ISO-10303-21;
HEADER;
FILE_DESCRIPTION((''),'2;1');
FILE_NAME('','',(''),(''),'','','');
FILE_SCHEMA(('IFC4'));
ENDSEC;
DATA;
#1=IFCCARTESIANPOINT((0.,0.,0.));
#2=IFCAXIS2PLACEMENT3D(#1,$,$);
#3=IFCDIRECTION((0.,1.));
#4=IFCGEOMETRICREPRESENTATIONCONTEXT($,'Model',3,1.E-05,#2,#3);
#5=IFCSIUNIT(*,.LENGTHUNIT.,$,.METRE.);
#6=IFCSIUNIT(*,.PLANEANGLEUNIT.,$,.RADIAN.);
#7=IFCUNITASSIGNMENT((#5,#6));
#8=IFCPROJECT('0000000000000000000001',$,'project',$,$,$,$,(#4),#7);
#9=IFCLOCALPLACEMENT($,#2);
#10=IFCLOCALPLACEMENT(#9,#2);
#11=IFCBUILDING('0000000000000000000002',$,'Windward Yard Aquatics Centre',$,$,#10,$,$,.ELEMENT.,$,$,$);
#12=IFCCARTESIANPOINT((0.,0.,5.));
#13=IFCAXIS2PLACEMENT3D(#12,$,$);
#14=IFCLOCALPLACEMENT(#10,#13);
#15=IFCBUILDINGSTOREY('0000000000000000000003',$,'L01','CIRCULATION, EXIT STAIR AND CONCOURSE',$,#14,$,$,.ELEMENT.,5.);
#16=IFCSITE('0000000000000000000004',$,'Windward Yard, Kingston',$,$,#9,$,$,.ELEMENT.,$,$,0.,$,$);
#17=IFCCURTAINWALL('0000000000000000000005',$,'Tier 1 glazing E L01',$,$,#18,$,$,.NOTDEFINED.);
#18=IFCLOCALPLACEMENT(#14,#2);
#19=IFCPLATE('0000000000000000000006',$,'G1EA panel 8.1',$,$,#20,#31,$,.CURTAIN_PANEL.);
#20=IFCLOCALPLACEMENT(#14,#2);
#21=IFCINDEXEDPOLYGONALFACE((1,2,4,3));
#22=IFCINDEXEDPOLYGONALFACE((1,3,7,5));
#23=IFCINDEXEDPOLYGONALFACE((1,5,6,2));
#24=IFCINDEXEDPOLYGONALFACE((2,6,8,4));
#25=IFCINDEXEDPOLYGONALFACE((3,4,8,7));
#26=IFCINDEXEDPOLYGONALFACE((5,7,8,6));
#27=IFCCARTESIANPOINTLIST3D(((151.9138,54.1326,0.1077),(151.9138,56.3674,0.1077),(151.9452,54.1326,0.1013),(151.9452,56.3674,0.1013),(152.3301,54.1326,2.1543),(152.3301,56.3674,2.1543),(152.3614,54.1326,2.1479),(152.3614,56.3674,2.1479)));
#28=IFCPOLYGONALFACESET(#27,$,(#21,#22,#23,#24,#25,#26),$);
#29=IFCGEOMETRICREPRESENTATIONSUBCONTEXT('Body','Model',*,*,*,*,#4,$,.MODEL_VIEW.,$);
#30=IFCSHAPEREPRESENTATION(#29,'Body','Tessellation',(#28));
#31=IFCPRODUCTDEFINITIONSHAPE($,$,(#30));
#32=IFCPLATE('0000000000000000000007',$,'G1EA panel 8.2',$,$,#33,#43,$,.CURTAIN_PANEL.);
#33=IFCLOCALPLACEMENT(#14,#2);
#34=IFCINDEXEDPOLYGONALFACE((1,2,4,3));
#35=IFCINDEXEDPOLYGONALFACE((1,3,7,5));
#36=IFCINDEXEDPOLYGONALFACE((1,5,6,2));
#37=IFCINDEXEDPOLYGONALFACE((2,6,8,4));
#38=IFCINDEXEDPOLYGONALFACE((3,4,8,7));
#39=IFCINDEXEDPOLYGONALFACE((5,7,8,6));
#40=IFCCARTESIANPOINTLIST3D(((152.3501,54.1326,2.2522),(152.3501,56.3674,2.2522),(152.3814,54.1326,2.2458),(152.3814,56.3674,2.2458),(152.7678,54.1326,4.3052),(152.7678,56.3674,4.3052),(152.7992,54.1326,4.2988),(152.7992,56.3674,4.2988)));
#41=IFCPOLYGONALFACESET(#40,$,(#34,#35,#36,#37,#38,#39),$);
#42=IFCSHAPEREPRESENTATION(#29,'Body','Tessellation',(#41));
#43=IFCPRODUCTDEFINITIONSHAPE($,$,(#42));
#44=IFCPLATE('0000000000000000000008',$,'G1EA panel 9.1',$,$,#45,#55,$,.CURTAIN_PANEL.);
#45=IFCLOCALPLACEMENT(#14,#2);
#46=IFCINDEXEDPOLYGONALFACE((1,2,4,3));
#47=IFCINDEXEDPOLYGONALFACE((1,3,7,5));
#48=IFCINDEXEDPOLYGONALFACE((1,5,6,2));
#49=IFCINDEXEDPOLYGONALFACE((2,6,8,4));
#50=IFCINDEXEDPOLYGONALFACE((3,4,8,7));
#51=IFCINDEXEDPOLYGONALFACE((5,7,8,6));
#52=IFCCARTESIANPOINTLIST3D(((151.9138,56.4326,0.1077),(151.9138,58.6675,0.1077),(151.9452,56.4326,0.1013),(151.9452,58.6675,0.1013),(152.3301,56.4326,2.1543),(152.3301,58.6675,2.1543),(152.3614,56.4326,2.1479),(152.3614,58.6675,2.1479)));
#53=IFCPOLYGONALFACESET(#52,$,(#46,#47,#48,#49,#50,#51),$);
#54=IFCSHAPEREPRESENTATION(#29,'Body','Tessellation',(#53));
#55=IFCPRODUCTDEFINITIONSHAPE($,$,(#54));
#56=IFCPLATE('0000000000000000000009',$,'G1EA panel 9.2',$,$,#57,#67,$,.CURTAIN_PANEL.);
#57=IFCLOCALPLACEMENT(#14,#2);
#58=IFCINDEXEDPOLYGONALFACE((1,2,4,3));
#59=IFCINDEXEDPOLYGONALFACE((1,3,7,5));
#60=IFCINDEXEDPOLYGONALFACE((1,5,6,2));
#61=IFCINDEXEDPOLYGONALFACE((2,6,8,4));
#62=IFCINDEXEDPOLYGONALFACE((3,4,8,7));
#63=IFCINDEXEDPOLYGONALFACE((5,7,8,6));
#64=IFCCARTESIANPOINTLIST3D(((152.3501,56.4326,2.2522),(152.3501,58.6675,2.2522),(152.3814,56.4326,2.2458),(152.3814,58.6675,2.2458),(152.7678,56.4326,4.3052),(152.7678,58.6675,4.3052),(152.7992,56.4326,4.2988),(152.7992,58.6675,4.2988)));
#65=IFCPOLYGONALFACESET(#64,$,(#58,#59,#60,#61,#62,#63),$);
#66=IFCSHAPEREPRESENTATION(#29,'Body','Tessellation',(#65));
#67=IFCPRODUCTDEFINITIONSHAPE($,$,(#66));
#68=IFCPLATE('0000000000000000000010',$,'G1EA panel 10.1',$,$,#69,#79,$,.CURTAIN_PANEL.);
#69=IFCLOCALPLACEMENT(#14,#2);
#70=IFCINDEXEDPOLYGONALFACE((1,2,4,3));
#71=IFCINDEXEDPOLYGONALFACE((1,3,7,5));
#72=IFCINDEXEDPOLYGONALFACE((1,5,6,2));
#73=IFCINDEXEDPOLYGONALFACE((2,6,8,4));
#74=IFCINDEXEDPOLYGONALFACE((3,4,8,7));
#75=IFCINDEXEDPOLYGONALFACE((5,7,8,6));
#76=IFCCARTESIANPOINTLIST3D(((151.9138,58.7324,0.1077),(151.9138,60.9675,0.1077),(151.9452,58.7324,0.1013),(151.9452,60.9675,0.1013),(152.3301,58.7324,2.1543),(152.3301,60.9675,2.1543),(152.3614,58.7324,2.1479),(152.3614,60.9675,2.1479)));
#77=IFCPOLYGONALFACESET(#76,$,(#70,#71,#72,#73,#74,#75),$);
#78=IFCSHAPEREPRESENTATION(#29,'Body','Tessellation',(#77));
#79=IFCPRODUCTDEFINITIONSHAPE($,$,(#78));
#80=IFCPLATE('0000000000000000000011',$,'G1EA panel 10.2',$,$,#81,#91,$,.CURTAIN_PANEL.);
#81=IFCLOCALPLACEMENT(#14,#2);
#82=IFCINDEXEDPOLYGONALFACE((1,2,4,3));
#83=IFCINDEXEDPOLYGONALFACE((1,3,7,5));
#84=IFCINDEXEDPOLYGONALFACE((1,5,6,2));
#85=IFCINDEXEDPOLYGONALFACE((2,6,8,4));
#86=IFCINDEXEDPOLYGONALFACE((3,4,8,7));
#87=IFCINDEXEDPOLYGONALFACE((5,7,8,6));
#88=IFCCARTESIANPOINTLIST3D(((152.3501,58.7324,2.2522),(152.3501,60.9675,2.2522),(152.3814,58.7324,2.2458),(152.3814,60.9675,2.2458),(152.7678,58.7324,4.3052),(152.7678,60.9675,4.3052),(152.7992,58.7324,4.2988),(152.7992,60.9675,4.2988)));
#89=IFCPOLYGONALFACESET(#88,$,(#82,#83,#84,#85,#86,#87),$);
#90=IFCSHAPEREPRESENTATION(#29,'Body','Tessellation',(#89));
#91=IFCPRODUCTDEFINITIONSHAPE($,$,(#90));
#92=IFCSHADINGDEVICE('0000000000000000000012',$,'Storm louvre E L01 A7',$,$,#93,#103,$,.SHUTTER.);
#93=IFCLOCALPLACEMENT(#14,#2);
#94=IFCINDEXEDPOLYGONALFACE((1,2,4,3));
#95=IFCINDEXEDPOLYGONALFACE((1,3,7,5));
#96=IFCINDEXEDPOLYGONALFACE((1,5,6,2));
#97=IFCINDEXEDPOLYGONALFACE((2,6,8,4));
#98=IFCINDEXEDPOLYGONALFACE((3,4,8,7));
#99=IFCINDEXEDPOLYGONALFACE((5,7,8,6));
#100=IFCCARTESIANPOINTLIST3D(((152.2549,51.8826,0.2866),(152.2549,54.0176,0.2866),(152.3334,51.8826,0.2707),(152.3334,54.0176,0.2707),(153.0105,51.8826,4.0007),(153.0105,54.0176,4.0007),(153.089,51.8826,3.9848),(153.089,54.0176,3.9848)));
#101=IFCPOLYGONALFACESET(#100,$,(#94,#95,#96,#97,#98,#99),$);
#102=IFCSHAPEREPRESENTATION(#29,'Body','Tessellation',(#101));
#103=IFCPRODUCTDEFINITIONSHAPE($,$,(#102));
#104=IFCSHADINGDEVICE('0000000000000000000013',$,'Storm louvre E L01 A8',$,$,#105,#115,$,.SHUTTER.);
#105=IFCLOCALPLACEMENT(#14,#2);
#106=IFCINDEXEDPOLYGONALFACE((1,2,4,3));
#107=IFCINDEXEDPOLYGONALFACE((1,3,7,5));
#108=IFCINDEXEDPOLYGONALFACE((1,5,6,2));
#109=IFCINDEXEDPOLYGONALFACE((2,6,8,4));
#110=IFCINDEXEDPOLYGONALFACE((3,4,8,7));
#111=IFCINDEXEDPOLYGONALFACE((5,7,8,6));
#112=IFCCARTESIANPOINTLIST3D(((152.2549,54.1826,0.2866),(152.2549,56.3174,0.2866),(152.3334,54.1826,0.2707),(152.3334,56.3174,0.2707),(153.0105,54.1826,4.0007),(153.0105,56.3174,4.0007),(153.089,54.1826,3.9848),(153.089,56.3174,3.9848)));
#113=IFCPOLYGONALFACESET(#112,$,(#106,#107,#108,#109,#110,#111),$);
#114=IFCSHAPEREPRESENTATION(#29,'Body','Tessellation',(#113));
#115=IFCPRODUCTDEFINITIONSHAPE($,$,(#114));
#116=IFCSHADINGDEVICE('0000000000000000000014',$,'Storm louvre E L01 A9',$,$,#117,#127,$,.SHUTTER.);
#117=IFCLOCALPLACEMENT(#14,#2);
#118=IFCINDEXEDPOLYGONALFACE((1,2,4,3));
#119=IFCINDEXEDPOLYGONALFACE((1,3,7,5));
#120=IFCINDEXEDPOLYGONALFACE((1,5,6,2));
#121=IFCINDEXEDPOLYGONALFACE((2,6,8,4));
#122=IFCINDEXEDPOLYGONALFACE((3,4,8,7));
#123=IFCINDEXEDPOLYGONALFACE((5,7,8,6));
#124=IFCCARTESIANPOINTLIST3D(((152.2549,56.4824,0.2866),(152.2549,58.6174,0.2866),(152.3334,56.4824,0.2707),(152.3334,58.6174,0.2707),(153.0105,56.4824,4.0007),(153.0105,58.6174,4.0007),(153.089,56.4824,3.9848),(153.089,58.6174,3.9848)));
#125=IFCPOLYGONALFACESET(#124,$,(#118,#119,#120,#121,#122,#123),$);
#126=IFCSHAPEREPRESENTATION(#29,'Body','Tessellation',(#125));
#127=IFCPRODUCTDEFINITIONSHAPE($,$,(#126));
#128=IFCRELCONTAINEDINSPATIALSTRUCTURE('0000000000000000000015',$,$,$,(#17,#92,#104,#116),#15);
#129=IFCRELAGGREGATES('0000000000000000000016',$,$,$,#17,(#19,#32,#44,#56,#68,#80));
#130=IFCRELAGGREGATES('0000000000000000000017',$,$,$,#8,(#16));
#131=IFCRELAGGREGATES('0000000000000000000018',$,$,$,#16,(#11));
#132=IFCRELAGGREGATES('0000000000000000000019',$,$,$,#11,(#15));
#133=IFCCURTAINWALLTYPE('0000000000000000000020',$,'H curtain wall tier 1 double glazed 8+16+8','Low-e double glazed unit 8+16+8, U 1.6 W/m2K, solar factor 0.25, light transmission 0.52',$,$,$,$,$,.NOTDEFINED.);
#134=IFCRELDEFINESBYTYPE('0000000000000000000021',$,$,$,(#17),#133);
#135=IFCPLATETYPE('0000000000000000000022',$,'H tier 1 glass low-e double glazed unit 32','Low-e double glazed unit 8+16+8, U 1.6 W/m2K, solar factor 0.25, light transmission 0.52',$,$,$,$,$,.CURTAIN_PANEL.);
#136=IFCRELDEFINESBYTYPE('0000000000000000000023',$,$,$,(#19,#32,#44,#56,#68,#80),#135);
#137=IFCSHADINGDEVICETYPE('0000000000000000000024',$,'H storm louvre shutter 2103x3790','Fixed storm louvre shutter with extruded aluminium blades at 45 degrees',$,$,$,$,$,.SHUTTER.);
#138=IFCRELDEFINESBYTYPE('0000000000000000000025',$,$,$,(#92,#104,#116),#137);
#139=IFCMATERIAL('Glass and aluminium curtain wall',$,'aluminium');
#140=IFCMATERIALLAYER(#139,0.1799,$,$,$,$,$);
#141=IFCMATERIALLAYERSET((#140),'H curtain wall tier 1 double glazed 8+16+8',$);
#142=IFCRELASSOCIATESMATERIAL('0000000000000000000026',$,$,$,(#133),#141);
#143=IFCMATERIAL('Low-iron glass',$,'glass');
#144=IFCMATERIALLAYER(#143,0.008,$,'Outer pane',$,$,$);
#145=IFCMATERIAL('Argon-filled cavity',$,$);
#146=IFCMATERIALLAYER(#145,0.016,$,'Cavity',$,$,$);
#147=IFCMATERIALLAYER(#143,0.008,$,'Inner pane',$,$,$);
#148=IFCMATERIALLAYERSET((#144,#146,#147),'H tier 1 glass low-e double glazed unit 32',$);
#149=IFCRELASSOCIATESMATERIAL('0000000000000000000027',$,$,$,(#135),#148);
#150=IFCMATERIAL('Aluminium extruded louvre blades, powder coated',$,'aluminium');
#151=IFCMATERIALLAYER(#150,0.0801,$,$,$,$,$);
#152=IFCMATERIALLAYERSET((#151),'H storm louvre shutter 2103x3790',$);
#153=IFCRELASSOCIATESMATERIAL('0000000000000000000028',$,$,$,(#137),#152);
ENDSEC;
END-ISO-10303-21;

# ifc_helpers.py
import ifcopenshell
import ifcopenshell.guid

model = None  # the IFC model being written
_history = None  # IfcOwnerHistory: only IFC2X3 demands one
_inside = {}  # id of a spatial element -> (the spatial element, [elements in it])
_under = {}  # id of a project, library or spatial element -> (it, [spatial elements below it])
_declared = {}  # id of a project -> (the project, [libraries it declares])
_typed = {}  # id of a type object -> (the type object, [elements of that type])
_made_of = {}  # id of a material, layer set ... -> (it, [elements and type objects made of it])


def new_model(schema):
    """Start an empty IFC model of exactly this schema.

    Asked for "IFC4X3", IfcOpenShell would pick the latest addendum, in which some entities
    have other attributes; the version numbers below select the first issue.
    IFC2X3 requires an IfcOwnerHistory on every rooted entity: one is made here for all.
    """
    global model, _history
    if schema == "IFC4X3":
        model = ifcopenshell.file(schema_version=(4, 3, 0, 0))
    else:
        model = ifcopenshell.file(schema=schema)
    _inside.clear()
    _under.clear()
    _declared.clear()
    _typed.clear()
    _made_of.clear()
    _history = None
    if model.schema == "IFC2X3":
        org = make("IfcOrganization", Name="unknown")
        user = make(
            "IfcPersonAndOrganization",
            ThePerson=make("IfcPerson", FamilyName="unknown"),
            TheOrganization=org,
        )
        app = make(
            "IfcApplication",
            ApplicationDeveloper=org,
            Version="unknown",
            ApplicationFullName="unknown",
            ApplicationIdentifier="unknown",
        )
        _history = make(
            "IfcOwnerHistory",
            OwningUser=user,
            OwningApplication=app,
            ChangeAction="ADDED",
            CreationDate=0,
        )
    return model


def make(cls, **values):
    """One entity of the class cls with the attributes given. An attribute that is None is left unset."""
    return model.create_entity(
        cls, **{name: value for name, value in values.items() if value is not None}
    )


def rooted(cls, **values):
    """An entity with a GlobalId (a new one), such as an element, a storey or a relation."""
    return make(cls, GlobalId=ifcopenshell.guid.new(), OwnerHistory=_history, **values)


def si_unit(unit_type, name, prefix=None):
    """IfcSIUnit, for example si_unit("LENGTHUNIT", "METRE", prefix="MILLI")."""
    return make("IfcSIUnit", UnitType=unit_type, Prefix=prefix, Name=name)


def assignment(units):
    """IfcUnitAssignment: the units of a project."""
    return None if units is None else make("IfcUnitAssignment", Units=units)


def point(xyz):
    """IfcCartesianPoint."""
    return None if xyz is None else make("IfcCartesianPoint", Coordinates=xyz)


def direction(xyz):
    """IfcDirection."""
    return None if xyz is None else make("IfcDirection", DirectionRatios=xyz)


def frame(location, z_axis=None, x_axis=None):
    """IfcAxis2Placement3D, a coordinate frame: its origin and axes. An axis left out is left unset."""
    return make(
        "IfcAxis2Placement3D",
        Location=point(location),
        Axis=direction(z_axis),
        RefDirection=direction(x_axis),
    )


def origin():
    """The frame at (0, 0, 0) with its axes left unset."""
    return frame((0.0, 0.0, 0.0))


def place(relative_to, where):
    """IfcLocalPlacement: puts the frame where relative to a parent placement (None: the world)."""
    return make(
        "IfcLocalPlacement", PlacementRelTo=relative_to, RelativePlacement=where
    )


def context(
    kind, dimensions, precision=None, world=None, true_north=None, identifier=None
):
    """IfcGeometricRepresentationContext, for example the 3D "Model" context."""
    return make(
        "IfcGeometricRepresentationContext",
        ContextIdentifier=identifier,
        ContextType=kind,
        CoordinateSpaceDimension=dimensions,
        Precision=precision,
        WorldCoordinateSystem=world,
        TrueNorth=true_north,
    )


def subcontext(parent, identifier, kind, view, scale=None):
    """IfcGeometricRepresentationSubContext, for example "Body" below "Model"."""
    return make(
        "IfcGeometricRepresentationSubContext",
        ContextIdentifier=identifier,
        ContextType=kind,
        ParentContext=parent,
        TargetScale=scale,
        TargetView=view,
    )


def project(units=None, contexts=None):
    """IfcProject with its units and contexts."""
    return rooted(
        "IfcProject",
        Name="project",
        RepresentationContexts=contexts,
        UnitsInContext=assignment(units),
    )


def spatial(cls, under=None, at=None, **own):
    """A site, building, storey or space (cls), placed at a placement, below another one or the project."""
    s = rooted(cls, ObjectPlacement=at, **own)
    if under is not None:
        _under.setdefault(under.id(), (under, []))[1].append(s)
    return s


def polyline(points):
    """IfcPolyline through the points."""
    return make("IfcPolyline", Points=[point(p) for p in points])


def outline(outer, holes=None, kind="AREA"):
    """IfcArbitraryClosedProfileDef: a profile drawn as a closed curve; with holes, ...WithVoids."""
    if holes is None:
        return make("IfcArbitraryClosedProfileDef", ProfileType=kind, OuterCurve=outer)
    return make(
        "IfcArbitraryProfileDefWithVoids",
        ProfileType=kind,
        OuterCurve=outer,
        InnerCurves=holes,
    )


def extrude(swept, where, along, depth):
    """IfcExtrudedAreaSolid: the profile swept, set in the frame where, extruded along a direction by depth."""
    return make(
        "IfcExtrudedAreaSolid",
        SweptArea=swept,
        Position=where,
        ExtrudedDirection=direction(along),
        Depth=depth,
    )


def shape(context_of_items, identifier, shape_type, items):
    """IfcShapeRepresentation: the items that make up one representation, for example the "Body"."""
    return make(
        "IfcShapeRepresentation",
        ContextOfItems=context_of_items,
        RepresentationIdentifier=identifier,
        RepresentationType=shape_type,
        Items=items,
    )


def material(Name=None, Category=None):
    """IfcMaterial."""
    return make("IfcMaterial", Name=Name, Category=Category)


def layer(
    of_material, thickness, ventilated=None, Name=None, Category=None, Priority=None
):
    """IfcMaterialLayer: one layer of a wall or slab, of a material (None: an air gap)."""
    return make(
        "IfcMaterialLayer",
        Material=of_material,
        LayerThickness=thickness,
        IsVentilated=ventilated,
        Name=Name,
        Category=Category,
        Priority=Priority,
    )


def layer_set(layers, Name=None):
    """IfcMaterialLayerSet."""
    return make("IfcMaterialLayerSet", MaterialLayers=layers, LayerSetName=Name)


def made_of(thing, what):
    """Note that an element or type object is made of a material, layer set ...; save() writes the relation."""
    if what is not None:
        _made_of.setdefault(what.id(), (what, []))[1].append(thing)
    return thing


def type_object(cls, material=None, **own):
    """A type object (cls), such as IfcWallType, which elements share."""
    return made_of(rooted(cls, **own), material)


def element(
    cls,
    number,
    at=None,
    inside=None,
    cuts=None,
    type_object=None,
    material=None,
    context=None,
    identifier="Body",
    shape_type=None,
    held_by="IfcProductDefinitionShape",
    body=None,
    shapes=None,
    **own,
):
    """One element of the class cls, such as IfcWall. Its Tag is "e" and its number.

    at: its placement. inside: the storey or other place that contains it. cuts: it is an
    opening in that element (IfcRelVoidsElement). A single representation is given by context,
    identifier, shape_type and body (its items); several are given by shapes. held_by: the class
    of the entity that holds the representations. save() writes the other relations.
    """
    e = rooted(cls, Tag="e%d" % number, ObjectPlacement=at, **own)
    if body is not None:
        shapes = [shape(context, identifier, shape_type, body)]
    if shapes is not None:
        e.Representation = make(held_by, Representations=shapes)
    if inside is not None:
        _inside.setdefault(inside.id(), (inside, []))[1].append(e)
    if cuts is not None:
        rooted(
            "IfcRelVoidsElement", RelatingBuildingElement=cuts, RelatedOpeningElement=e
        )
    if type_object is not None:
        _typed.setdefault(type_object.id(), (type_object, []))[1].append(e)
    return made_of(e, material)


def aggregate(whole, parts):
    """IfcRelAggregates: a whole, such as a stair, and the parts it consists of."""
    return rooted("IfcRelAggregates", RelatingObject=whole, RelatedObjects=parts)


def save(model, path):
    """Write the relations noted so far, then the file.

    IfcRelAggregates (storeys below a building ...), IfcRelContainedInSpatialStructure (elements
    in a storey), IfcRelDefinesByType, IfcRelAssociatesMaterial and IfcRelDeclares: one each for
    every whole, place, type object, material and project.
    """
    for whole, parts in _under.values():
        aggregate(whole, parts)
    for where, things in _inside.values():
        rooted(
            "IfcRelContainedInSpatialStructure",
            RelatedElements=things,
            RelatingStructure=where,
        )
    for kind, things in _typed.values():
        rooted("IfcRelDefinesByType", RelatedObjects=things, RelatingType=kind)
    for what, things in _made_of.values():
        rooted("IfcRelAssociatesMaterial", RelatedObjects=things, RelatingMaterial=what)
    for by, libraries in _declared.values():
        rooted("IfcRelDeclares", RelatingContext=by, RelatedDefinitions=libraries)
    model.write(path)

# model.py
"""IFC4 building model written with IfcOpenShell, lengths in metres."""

from ifc_helpers import new_model, si_unit, direction, frame, origin, place, context, subcontext, project, spatial, polyline, outline, extrude, material, layer, layer_set, type_object, element, aggregate, save


model = new_model("IFC4")

# Units and contexts
model_context = context("Model", 3, precision=1e-05, world=origin(), true_north=direction((0.0, 1.0)))
body_context = subcontext(model_context, "Body", "Model", "MODEL_VIEW")
ifc_project = project(units=[si_unit("LENGTHUNIT", "METRE"), si_unit("PLANEANGLEUNIT", "RADIAN")], contexts=[model_context])

# Site, building, storey
site_placement = place(None, origin())
site = spatial("IfcSite", under=ifc_project, at=site_placement, Name="Windward Yard, Kingston", CompositionType="ELEMENT", RefElevation=0.0)
building_placement = place(site_placement, origin())
building = spatial("IfcBuilding", under=site, at=building_placement, Name="Windward Yard Aquatics Centre", CompositionType="ELEMENT")
storey_placement = place(building_placement, frame((0.0, 0.0, 5.0)))
storey = spatial("IfcBuildingStorey", under=building, at=storey_placement, Name="L01", Description="CIRCULATION, EXIT STAIR AND CONCOURSE", CompositionType="ELEMENT", Elevation=5.0)

# Curtain wall, plates
ifc_material_1 = material(Name="Glass and aluminium curtain wall", Category="aluminium")
ifc_layer_1 = layer(ifc_material_1, 0.1799)
ifc_layer_set_1 = layer_set([ifc_layer_1], Name="H curtain wall tier 1 double glazed 8+16+8")
curtain_wall_type = type_object("IfcCurtainWallType", Name="H curtain wall tier 1 double glazed 8+16+8", Description="Low-e double glazed unit 8+16+8, U 1.6 W/m2K, solar factor 0.25, light transmission 0.52", PredefinedType="NOTDEFINED", material=ifc_layer_set_1)
curtain_wall_placement = place(storey_placement, origin())
curtain_wall = element("IfcCurtainWall", 1, at=curtain_wall_placement, inside=storey, type_object=curtain_wall_type, Name="Tier 1 glazing E L01", PredefinedType="NOTDEFINED")
ifc_material_2 = material(Name="Low-iron glass", Category="glass")
ifc_layer_2 = layer(ifc_material_2, 0.008, Name="Outer pane")
ifc_material_3 = material(Name="Argon-filled cavity")
ifc_layer_3 = layer(ifc_material_3, 0.016, Name="Cavity")
ifc_layer_4 = layer(ifc_material_2, 0.008, Name="Inner pane")
ifc_layer_set_2 = layer_set([ifc_layer_2, ifc_layer_3, ifc_layer_4], Name="H tier 1 glass low-e double glazed unit 32")
plate_type = type_object("IfcPlateType", Name="H tier 1 glass low-e double glazed unit 32", Description="Low-e double glazed unit 8+16+8, U 1.6 W/m2K, solar factor 0.25, light transmission 0.52", PredefinedType="CURTAIN_PANEL", material=ifc_layer_set_2)
plate_1_placement = place(storey_placement, frame((151.9138, 54.1326, 0.1077), z_axis=(-0.979937, 0.0, 0.199307), x_axis=(0.0, 1.0, 0.0)))
plate_1 = element("IfcPlate", 2, at=plate_1_placement, type_object=plate_type, Name="G1EA panel 8.1", PredefinedType="CURTAIN_PANEL", context=body_context, shape_type="SweptSolid", body=[
    extrude(outline(polyline([(0.0, 0.0), (2.2349, 0.0), (2.2349, -2.0885), (0.0, -2.0885), (0.0, 0.0)])), origin(), (0.0, 0.0, -1.0), 0.032),
])
plate_2_placement = place(storey_placement, frame((152.3501, 54.1326, 2.2522), z_axis=(-0.979921, 0.0, 0.199387), x_axis=(0.0, 1.0, 0.0)))
plate_2 = element("IfcPlate", 3, at=plate_2_placement, type_object=plate_type, Name="G1EA panel 8.2", PredefinedType="CURTAIN_PANEL", context=body_context, shape_type="SweptSolid", body=[
    extrude(outline(polyline([(0.0, 0.0), (2.2349, 0.0), (2.2349, -2.095), (0.0, -2.095), (0.0, 0.0)])), origin(), (0.0, 0.0, -1.0), 0.032),
])
plate_3_placement = place(storey_placement, frame((151.9138, 56.4326, 0.1077), z_axis=(-0.979937, 0.0, 0.199307), x_axis=(0.0, 1.0, 0.0)))
plate_3 = element("IfcPlate", 4, at=plate_3_placement, type_object=plate_type, Name="G1EA panel 9.1", PredefinedType="CURTAIN_PANEL", context=body_context, shape_type="SweptSolid", body=[
    extrude(outline(polyline([(0.0, 0.0), (2.2349, 0.0), (2.2349, -2.0885), (0.0, -2.0885), (0.0, 0.0)])), origin(), (0.0, 0.0, -1.0), 0.032),
])
plate_4_placement = place(storey_placement, frame((152.3501, 56.4326, 2.2522), z_axis=(-0.979921, 0.0, 0.199387), x_axis=(0.0, 1.0, 0.0)))
plate_4 = element("IfcPlate", 5, at=plate_4_placement, type_object=plate_type, Name="G1EA panel 9.2", PredefinedType="CURTAIN_PANEL", context=body_context, shape_type="SweptSolid", body=[
    extrude(outline(polyline([(0.0, 0.0), (2.2349, 0.0), (2.2349, -2.095), (0.0, -2.095), (0.0, 0.0)])), origin(), (0.0, 0.0, -1.0), 0.032),
])
plate_5_placement = place(storey_placement, frame((151.9138, 58.7324, 0.1077), z_axis=(-0.979937, 0.0, 0.199307), x_axis=(0.0, 1.0, 0.0)))
plate_5 = element("IfcPlate", 6, at=plate_5_placement, type_object=plate_type, Name="G1EA panel 10.1", PredefinedType="CURTAIN_PANEL", context=body_context, shape_type="SweptSolid", body=[
    extrude(outline(polyline([(0.0, 0.0), (2.2351, 0.0), (2.2351, -2.0885), (0.0, -2.0885), (0.0, 0.0)])), origin(), (0.0, 0.0, -1.0), 0.032),
])
plate_6_placement = place(storey_placement, frame((152.3501, 58.7324, 2.2522), z_axis=(-0.979921, 0.0, 0.199387), x_axis=(0.0, 1.0, 0.0)))
plate_6 = element("IfcPlate", 7, at=plate_6_placement, type_object=plate_type, Name="G1EA panel 10.2", PredefinedType="CURTAIN_PANEL", context=body_context, shape_type="SweptSolid", body=[
    extrude(outline(polyline([(0.0, 0.0), (2.2351, 0.0), (2.2351, -2.095), (0.0, -2.095), (0.0, 0.0)])), origin(), (0.0, 0.0, -1.0), 0.032),
])
aggregate(curtain_wall, [plate_1, plate_2, plate_3, plate_4, plate_5, plate_6])

# Shading devices
ifc_material_4 = material(Name="Aluminium extruded louvre blades, powder coated", Category="aluminium")
ifc_layer_5 = layer(ifc_material_4, 0.0801)
ifc_layer_set_3 = layer_set([ifc_layer_5], Name="H storm louvre shutter 2103x3790")
shading_device_type = type_object("IfcShadingDeviceType", Name="H storm louvre shutter 2103x3790", Description="Fixed storm louvre shutter with extruded aluminium blades at 45 degrees", PredefinedType="SHUTTER", material=ifc_layer_set_3)
shading_device_1_placement = place(storey_placement, frame((152.2549, 51.8826, 0.2866), z_axis=(-0.979926, 0.0, 0.199361), x_axis=(0.0, 1.0, 0.0)))
element("IfcShadingDevice", 8, at=shading_device_1_placement, inside=storey, type_object=shading_device_type, Name="Storm louvre E L01 A7", PredefinedType="SHUTTER", context=body_context, shape_type="SweptSolid", body=[
    extrude(outline(polyline([(0.0, 0.0), (2.135, 0.0), (2.135, -3.7902), (0.0, -3.7902), (0.0, 0.0)])), origin(), (0.0, 0.0, -1.0), 0.0801),
])
shading_device_2_placement = place(storey_placement, frame((152.2549, 54.1826, 0.2866), z_axis=(-0.979926, 0.0, 0.199361), x_axis=(0.0, 1.0, 0.0)))
element("IfcShadingDevice", 9, at=shading_device_2_placement, inside=storey, type_object=shading_device_type, Name="Storm louvre E L01 A8", PredefinedType="SHUTTER", context=body_context, shape_type="SweptSolid", body=[
    extrude(outline(polyline([(0.0, 0.0), (2.1348, 0.0), (2.1348, -3.7902), (0.0, -3.7902), (0.0, 0.0)])), origin(), (0.0, 0.0, -1.0), 0.0801),
])
shading_device_3_placement = place(storey_placement, frame((152.2549, 56.4824, 0.2866), z_axis=(-0.979926, 0.0, 0.199361), x_axis=(0.0, 1.0, 0.0)))
element("IfcShadingDevice", 10, at=shading_device_3_placement, inside=storey, type_object=shading_device_type, Name="Storm louvre E L01 A9", PredefinedType="SHUTTER", context=body_context, shape_type="SweptSolid", body=[
    extrude(outline(polyline([(0.0, 0.0), (2.135, 0.0), (2.135, -3.7902), (0.0, -3.7902), (0.0, 0.0)])), origin(), (0.0, 0.0, -1.0), 0.0801),
])

save(model, "model.ifc")
